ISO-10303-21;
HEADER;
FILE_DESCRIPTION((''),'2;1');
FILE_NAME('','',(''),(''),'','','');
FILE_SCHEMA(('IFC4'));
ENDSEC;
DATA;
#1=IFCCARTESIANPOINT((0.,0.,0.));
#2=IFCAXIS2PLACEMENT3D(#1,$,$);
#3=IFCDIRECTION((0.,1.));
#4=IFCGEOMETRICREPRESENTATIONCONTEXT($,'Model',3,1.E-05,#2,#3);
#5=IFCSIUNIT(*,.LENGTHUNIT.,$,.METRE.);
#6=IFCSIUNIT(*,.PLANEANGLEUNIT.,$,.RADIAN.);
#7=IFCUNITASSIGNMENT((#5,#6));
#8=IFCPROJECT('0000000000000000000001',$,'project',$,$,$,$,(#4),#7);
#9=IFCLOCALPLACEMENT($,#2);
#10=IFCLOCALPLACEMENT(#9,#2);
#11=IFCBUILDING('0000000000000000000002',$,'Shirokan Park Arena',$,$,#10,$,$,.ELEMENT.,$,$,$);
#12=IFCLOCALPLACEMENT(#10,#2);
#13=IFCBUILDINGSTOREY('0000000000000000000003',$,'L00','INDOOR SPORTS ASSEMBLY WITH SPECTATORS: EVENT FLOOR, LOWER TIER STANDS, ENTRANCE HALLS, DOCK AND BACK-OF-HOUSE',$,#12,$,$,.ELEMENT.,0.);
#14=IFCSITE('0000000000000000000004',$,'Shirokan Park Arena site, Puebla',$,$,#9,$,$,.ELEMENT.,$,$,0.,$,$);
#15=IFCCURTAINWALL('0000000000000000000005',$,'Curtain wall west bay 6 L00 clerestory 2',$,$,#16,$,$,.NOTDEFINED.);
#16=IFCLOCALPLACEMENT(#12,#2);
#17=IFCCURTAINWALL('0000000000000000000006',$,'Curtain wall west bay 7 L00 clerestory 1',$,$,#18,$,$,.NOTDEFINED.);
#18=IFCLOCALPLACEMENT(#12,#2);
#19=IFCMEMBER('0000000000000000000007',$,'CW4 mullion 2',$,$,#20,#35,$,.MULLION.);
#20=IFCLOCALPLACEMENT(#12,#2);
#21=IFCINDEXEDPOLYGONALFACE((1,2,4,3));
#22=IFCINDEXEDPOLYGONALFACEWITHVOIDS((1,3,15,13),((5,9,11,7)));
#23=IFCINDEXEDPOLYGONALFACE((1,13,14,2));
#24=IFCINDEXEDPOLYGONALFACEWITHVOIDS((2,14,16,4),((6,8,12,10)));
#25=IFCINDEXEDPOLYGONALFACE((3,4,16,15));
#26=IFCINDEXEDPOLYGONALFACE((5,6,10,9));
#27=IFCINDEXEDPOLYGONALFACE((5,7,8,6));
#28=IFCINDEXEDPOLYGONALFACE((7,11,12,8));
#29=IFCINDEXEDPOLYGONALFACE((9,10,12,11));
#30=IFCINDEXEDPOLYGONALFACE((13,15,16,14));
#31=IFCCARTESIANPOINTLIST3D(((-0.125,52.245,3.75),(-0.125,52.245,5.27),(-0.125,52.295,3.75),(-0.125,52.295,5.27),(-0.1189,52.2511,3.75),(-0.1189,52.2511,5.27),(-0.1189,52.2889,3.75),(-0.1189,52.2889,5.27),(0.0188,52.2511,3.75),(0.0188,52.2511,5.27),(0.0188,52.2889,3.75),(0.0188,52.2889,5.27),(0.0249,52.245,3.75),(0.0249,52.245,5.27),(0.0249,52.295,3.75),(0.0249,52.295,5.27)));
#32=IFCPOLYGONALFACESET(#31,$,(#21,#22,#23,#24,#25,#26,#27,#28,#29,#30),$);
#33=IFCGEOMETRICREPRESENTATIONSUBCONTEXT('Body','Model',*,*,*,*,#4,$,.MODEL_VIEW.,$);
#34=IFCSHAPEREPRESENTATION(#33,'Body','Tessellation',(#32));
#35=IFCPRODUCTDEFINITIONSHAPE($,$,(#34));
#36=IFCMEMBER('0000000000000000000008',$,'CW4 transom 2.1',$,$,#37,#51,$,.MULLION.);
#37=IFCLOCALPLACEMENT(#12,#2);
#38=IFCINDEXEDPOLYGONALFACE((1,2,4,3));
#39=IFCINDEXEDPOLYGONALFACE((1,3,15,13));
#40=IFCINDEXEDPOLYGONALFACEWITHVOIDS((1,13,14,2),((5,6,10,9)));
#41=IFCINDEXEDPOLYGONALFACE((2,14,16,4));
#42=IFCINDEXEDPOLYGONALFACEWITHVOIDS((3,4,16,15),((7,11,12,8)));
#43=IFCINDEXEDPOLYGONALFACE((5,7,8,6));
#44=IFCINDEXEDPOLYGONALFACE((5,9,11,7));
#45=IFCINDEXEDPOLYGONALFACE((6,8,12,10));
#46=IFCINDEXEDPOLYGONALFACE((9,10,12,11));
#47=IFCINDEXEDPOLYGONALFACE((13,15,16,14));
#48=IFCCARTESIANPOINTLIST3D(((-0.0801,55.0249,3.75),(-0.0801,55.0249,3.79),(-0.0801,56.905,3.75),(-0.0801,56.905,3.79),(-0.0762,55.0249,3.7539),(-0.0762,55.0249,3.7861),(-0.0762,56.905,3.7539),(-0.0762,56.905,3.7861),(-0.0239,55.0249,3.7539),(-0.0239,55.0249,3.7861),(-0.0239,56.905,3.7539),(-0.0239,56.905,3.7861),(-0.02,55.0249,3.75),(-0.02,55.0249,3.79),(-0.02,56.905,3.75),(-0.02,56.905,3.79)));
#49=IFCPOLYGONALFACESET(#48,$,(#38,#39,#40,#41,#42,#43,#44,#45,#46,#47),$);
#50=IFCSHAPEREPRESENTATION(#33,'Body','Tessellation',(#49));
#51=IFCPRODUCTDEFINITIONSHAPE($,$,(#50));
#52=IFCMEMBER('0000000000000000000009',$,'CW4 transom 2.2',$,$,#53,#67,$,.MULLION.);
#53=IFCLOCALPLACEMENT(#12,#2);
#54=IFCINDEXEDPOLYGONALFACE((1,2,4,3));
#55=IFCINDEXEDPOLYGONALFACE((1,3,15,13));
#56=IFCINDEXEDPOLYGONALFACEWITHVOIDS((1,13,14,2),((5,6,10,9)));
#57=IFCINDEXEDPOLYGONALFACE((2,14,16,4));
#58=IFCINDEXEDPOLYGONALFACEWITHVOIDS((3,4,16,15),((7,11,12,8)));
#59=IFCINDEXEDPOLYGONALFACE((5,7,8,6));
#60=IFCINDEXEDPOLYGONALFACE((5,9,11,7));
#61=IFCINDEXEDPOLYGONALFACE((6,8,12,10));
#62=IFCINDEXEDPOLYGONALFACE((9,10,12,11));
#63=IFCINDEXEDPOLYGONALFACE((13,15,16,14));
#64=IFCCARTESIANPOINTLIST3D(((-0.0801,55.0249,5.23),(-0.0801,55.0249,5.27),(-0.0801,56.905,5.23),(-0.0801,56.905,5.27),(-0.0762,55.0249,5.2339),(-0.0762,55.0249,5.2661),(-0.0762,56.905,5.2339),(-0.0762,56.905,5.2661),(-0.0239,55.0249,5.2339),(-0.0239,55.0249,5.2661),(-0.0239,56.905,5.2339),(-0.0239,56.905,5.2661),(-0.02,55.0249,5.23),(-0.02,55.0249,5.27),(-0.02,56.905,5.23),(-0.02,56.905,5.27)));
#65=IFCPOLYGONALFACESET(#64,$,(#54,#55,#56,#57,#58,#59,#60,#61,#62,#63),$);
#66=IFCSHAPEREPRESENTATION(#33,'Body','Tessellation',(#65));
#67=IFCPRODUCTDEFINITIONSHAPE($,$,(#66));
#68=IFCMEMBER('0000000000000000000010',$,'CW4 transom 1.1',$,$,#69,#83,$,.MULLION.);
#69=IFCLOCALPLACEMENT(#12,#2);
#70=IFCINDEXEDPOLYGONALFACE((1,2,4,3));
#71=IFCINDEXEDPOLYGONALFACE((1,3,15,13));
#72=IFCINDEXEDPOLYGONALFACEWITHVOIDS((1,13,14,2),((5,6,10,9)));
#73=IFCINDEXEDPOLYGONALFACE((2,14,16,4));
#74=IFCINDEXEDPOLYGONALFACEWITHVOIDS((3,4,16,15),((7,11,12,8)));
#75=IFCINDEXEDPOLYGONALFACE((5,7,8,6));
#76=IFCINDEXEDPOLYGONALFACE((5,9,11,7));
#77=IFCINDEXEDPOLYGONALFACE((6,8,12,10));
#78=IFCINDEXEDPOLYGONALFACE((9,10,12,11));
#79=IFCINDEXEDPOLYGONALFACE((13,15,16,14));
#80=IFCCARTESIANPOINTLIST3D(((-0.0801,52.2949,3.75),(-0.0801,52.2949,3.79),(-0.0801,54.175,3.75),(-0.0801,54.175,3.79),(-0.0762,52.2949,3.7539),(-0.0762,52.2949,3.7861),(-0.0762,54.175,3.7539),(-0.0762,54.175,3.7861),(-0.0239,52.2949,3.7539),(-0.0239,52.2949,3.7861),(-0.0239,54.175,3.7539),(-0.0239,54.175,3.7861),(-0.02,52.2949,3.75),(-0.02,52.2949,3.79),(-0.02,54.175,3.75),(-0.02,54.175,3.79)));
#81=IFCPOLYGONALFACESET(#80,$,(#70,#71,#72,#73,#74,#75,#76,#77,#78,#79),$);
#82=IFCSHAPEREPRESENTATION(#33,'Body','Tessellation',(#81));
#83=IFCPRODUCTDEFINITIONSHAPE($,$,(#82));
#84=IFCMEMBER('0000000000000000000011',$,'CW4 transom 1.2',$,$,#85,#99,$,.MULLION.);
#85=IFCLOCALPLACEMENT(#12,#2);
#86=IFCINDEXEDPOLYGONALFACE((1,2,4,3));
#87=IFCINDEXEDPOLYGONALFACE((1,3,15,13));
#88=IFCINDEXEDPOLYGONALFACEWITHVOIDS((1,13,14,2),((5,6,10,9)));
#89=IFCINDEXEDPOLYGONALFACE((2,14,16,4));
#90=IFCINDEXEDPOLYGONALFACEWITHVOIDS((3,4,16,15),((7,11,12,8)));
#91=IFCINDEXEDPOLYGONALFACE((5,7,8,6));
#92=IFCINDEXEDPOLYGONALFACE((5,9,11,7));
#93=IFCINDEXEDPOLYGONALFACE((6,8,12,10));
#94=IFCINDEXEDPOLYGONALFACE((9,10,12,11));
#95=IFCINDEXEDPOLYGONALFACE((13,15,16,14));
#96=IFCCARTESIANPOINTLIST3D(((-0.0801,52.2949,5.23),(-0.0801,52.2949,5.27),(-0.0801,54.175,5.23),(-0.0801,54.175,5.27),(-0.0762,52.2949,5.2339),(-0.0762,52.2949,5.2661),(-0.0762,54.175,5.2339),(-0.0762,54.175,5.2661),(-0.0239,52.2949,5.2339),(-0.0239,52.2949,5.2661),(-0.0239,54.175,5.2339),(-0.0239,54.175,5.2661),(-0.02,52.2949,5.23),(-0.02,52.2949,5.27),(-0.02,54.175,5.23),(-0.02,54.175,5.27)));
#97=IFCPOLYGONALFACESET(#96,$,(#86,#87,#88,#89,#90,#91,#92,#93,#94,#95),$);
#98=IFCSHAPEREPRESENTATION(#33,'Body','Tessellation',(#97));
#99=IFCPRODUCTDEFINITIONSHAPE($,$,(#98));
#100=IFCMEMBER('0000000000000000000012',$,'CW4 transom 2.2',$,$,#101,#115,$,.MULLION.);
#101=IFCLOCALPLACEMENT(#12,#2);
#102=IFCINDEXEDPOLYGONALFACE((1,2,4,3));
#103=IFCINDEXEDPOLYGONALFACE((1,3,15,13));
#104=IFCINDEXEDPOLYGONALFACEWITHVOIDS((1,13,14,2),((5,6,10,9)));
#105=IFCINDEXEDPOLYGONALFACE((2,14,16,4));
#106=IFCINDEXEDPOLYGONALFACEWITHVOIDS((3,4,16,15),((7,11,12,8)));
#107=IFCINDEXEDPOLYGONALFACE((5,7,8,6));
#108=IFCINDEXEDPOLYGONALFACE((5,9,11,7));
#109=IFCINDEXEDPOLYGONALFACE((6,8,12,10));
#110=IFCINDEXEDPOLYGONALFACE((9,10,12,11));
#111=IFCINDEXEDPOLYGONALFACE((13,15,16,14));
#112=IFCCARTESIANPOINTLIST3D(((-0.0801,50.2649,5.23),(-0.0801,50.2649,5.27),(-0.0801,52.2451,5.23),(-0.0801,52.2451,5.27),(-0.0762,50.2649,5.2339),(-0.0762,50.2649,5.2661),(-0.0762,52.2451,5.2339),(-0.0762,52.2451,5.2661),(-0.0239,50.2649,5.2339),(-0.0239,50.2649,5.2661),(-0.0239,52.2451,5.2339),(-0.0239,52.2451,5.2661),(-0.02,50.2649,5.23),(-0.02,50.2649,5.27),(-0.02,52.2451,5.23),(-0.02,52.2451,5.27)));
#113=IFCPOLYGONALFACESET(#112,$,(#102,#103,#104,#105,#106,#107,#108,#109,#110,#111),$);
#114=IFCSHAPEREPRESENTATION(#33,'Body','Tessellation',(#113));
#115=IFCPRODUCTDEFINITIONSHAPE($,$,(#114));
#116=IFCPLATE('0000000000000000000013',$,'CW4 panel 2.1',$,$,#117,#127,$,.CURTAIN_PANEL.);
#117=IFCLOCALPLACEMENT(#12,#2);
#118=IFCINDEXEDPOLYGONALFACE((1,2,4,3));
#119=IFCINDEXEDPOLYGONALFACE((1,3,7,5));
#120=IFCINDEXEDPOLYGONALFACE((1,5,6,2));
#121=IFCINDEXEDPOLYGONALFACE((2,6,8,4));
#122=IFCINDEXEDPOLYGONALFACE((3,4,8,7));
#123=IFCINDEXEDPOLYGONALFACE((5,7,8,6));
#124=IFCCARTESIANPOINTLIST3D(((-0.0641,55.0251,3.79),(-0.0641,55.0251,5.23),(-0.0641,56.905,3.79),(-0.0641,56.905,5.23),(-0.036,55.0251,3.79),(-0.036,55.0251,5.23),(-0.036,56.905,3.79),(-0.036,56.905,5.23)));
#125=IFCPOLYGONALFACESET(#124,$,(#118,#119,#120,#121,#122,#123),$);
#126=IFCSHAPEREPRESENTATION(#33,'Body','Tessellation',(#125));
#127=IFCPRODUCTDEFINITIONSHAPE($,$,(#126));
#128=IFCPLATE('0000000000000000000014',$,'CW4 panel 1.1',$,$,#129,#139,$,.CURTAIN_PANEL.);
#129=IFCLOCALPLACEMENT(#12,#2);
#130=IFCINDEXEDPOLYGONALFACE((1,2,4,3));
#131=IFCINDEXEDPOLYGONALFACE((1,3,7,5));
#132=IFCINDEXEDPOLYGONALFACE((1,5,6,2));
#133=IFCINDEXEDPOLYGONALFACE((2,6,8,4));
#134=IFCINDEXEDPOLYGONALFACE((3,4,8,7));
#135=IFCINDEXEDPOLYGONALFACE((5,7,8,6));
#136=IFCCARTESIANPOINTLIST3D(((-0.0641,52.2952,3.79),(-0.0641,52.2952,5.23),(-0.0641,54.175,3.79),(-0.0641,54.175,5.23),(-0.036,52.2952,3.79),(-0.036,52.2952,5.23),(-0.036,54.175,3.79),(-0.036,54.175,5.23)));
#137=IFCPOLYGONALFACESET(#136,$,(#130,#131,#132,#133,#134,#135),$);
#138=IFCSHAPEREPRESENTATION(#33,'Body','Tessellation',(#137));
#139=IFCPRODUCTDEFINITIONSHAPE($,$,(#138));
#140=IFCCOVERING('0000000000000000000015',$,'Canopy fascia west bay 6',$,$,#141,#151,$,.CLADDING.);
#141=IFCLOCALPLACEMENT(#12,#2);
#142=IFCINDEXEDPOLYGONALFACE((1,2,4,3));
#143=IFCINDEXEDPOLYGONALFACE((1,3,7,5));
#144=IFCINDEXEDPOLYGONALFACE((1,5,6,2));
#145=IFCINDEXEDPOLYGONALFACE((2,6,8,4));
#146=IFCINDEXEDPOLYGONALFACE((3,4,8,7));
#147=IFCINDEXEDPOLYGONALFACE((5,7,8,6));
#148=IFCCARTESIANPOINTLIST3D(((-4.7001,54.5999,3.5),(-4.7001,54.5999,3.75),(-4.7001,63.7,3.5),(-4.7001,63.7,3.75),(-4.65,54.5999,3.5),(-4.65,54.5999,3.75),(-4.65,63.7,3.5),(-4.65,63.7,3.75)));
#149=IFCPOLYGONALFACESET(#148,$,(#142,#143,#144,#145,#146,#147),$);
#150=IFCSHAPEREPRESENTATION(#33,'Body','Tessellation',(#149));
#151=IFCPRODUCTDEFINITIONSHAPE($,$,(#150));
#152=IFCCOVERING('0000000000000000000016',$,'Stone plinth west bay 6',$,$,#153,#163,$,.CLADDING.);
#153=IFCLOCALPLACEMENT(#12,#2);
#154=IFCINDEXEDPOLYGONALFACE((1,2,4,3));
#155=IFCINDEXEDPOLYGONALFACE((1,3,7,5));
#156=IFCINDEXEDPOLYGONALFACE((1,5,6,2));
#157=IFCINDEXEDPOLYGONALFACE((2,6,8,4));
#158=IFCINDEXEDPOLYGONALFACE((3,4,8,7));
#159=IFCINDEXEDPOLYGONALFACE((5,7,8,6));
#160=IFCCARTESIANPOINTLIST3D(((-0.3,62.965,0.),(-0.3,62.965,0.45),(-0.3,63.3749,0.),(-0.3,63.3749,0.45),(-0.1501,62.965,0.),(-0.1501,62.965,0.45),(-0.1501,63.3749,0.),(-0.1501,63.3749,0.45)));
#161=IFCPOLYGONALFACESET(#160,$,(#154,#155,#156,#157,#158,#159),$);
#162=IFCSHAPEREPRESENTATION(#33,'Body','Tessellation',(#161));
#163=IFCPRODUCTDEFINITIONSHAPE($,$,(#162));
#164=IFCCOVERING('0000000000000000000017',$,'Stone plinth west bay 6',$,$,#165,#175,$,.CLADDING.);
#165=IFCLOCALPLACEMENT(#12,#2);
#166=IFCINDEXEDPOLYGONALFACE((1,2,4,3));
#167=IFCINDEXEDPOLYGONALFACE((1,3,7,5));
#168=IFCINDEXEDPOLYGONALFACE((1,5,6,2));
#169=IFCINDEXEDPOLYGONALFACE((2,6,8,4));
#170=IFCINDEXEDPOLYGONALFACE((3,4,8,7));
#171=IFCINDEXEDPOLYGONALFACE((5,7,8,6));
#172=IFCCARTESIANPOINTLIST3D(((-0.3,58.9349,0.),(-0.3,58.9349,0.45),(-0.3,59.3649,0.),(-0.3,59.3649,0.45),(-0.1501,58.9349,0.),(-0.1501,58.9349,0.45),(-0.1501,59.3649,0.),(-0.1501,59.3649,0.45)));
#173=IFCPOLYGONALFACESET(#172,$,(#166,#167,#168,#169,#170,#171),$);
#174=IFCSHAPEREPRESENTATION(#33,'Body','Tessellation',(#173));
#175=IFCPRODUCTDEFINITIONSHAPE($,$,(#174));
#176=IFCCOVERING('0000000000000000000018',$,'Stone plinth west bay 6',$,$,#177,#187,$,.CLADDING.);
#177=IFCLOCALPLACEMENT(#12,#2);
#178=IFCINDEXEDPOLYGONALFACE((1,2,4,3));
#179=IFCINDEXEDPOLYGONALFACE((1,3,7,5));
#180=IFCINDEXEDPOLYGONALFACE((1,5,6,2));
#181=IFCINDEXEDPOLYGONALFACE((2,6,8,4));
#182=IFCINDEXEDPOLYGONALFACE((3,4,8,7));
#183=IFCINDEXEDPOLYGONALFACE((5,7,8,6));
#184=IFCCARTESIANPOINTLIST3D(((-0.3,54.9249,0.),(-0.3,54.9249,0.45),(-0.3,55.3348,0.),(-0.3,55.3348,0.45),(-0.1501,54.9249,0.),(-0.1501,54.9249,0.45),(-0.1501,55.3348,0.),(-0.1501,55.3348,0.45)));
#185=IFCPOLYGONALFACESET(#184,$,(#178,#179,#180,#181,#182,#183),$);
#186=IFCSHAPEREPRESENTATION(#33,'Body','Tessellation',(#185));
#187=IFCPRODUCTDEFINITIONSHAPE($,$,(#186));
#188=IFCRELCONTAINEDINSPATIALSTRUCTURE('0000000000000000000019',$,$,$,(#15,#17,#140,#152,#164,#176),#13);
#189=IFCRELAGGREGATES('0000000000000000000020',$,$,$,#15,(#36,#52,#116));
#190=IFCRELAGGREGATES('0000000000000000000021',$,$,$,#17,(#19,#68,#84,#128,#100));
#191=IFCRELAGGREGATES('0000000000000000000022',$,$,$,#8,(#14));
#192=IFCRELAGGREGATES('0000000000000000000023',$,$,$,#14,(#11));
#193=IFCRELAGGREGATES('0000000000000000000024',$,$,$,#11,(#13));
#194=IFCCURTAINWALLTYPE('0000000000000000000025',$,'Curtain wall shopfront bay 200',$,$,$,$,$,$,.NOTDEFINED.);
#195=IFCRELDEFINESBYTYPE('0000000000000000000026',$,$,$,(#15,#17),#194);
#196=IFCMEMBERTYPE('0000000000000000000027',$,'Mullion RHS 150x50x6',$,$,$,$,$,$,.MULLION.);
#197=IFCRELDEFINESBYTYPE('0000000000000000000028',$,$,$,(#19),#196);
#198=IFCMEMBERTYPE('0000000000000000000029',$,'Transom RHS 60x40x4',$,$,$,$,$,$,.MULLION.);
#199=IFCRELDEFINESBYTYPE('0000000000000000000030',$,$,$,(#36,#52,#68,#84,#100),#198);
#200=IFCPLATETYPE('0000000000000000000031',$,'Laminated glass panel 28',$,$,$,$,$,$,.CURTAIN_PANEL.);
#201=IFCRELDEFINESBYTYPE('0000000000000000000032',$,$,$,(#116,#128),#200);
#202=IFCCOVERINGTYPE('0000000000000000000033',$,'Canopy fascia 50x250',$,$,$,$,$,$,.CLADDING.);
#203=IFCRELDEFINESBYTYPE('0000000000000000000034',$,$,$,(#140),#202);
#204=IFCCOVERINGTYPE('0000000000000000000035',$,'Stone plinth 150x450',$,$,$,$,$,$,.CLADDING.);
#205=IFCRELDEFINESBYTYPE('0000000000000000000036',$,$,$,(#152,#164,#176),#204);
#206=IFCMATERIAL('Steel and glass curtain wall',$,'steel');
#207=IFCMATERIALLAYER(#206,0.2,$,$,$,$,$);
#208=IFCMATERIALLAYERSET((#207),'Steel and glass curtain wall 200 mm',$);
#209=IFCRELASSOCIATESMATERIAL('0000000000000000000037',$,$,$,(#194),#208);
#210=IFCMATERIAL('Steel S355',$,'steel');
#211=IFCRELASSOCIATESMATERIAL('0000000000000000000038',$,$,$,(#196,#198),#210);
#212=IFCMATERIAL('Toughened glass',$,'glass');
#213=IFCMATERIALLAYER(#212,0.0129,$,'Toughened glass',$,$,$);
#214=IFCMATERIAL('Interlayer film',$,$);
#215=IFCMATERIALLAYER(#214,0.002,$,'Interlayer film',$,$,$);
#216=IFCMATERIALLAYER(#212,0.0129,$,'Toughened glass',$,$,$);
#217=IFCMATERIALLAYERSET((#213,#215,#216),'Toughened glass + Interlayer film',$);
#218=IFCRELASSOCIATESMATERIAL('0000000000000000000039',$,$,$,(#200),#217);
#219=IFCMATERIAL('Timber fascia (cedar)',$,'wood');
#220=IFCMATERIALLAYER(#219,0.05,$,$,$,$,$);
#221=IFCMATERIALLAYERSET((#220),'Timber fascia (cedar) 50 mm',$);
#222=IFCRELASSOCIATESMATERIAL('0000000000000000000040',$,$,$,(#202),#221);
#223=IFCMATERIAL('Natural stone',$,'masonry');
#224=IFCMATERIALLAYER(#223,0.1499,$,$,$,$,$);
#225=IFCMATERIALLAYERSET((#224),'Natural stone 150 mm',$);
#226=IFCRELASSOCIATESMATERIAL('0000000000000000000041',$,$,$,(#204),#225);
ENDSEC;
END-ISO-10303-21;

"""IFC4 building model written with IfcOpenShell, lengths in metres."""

from ifc_helpers import new_model, si_unit, direction, frame, origin, origin_2d, place, context, subcontext, project, spatial, rectangle, hollow_rectangle, extrude, material, layer, layer_set, material_profile, profile_set, type_object, element, aggregate, save


model = new_model("IFC4")

# Units and contexts
model_context = context("Model", 3, precision=1e-05, world=origin(), true_north=direction((0.0, 1.0)))
body_context = subcontext(model_context, "Body", "Model", "MODEL_VIEW")
ifc_project = project(units=[si_unit("LENGTHUNIT", "METRE"), si_unit("PLANEANGLEUNIT", "RADIAN")], contexts=[model_context])

# Site, building, storey
site_placement = place(None, origin())
site = spatial("IfcSite", under=ifc_project, at=site_placement, Name="Shirokan Park Arena site, Puebla", CompositionType="ELEMENT", RefElevation=0.0)
building_placement = place(site_placement, origin())
building = spatial("IfcBuilding", under=site, at=building_placement, Name="Shirokan Park Arena", CompositionType="ELEMENT")
storey_placement = place(building_placement, origin())
storey = spatial("IfcBuildingStorey", under=building, at=storey_placement, Name="L00", Description="INDOOR SPORTS ASSEMBLY WITH SPECTATORS: EVENT FLOOR, LOWER TIER STANDS, ENTRANCE HALLS, DOCK AND BACK-OF-HOUSE", CompositionType="ELEMENT", Elevation=0.0)

# Shared definitions
ifc_material_1 = material(Name="Steel S355", Category="steel")

# Curtain wall
ifc_material_2 = material(Name="Steel and glass curtain wall", Category="steel")
ifc_layer_1 = layer(ifc_material_2, 0.2)
ifc_layer_set_1 = layer_set([ifc_layer_1], Name="Steel and glass curtain wall 200 mm")
curtain_wall_type = type_object("IfcCurtainWallType", Name="Curtain wall shopfront bay 200", PredefinedType="NOTDEFINED", material=ifc_layer_set_1)
curtain_wall_1_placement = place(storey_placement, origin())
curtain_wall_1 = element("IfcCurtainWall", 1, at=curtain_wall_1_placement, inside=storey, type_object=curtain_wall_type, Name="Curtain wall west bay 6 L00 clerestory 2", PredefinedType="NOTDEFINED")

# Curtain wall, member
curtain_wall_2_placement = place(storey_placement, origin())
curtain_wall_2 = element("IfcCurtainWall", 2, at=curtain_wall_2_placement, inside=storey, type_object=curtain_wall_type, Name="Curtain wall west bay 7 L00 clerestory 1", PredefinedType="NOTDEFINED")
ifc_material_profile_1 = material_profile(ifc_material_1, hollow_rectangle(XDim=0.1499, YDim=0.05, WallThickness=0.0061, at=origin_2d()), Name="RHS 150x50x6")
ifc_profile_set_1 = profile_set([ifc_material_profile_1], Name="Steel S355")
member_type_1 = type_object("IfcMemberType", Name="Mullion RHS 150x50x6", PredefinedType="MULLION", material=ifc_profile_set_1)
member_1_placement = place(storey_placement, frame((-0.05, 52.27, 3.75), z_axis=(0.0, 0.0, 1.0), x_axis=(1.0, 0.0, 0.0)))
member_1 = element("IfcMember", 3, at=member_1_placement, type_object=member_type_1, Name="CW4 mullion 2", PredefinedType="MULLION", context=body_context, shape_type="SweptSolid", body=[
    extrude(hollow_rectangle(XDim=0.1499, YDim=0.05, WallThickness=0.0061, at=origin_2d()), origin(), (0.0, 0.0, 1.0), 1.52),
])

# Members
ifc_material_profile_2 = material_profile(ifc_material_1, hollow_rectangle(XDim=0.0601, YDim=0.04, WallThickness=0.0039, at=origin_2d()), Name="RHS 60x40x4")
ifc_profile_set_2 = profile_set([ifc_material_profile_2], Name="Steel S355")
member_type_2 = type_object("IfcMemberType", Name="Transom RHS 60x40x4", PredefinedType="MULLION", material=ifc_profile_set_2)
member_2_placement = place(storey_placement, frame((-0.05, 56.905, 3.77), z_axis=(0.0, -1.0, 0.0), x_axis=(1.0, 0.0, 0.0)))
member_2 = element("IfcMember", 4, at=member_2_placement, type_object=member_type_2, Name="CW4 transom 2.1", PredefinedType="MULLION", context=body_context, shape_type="SweptSolid", body=[
    extrude(hollow_rectangle(XDim=0.0601, YDim=0.04, WallThickness=0.0039, at=origin_2d()), origin(), (0.0, 0.0, 1.0), 1.8801),
])
member_3_placement = place(storey_placement, frame((-0.05, 56.905, 5.25), z_axis=(0.0, -1.0, 0.0), x_axis=(1.0, 0.0, 0.0)))
member_3 = element("IfcMember", 5, at=member_3_placement, type_object=member_type_2, Name="CW4 transom 2.2", PredefinedType="MULLION", context=body_context, shape_type="SweptSolid", body=[
    extrude(hollow_rectangle(XDim=0.0601, YDim=0.04, WallThickness=0.0039, at=origin_2d()), origin(), (0.0, 0.0, 1.0), 1.8801),
])
member_4_placement = place(storey_placement, frame((-0.05, 54.175, 3.77), z_axis=(0.0, -1.0, 0.0), x_axis=(1.0, 0.0, 0.0)))
member_4 = element("IfcMember", 6, at=member_4_placement, type_object=member_type_2, Name="CW4 transom 1.1", PredefinedType="MULLION", context=body_context, shape_type="SweptSolid", body=[
    extrude(hollow_rectangle(XDim=0.0601, YDim=0.04, WallThickness=0.0039, at=origin_2d()), origin(), (0.0, 0.0, 1.0), 1.8801),
])
member_5_placement = place(storey_placement, frame((-0.05, 54.175, 5.25), z_axis=(0.0, -1.0, 0.0), x_axis=(1.0, 0.0, 0.0)))
member_5 = element("IfcMember", 7, at=member_5_placement, type_object=member_type_2, Name="CW4 transom 1.2", PredefinedType="MULLION", context=body_context, shape_type="SweptSolid", body=[
    extrude(hollow_rectangle(XDim=0.0601, YDim=0.04, WallThickness=0.0039, at=origin_2d()), origin(), (0.0, 0.0, 1.0), 1.8801),
])
member_6_placement = place(storey_placement, frame((-0.05, 52.2451, 5.25), z_axis=(0.0, -1.0, 0.0), x_axis=(1.0, 0.0, 0.0)))
member_6 = element("IfcMember", 8, at=member_6_placement, type_object=member_type_2, Name="CW4 transom 2.2", PredefinedType="MULLION", context=body_context, shape_type="SweptSolid", body=[
    extrude(hollow_rectangle(XDim=0.0601, YDim=0.04, WallThickness=0.0039, at=origin_2d()), origin(), (0.0, 0.0, 1.0), 1.9802),
])

# Plates
ifc_material_3 = material(Name="Toughened glass", Category="glass")
ifc_layer_2 = layer(ifc_material_3, 0.0129, Name="Toughened glass")
ifc_material_4 = material(Name="Interlayer film")
ifc_layer_3 = layer(ifc_material_4, 0.002, Name="Interlayer film")
ifc_layer_4 = layer(ifc_material_3, 0.0129, Name="Toughened glass")
ifc_layer_set_2 = layer_set([ifc_layer_2, ifc_layer_3, ifc_layer_4], Name="Toughened glass + Interlayer film")
plate_type = type_object("IfcPlateType", Name="Laminated glass panel 28", PredefinedType="CURTAIN_PANEL", material=ifc_layer_set_2)
plate_1_placement = place(storey_placement, frame((-0.05, 55.9651, 3.79), z_axis=(0.0, 0.0, 1.0), x_axis=(0.0, -1.0, 0.0)))
plate_1 = element("IfcPlate", 9, at=plate_1_placement, type_object=plate_type, Name="CW4 panel 2.1", PredefinedType="CURTAIN_PANEL", context=body_context, shape_type="SweptSolid", body=[
    extrude(rectangle(XDim=1.8799, YDim=0.0281, at=origin_2d()), origin(), (0.0, 0.0, 1.0), 1.4399),
])
aggregate(curtain_wall_1, [member_2, member_3, plate_1])
plate_2_placement = place(storey_placement, frame((-0.05, 53.2351, 3.79), z_axis=(0.0, 0.0, 1.0), x_axis=(0.0, -1.0, 0.0)))
plate_2 = element("IfcPlate", 10, at=plate_2_placement, type_object=plate_type, Name="CW4 panel 1.1", PredefinedType="CURTAIN_PANEL", context=body_context, shape_type="SweptSolid", body=[
    extrude(rectangle(XDim=1.8799, YDim=0.0281, at=origin_2d()), origin(), (0.0, 0.0, 1.0), 1.4399),
])
aggregate(curtain_wall_2, [member_1, member_4, member_5, plate_2, member_6])

# Coverings
ifc_material_5 = material(Name="Timber fascia (cedar)", Category="wood")
ifc_layer_5 = layer(ifc_material_5, 0.05)
ifc_layer_set_3 = layer_set([ifc_layer_5], Name="Timber fascia (cedar) 50 mm")
covering_type_1 = type_object("IfcCoveringType", Name="Canopy fascia 50x250", PredefinedType="CLADDING", material=ifc_layer_set_3)
covering_1_placement = place(storey_placement, frame((-4.675, 59.1499, 3.5), z_axis=(0.0, 0.0, 1.0), x_axis=(0.0, -1.0, 0.0)))
element("IfcCovering", 11, at=covering_1_placement, inside=storey, type_object=covering_type_1, Name="Canopy fascia west bay 6", PredefinedType="CLADDING", context=body_context, shape_type="SweptSolid", body=[
    extrude(rectangle(XDim=9.1001, YDim=0.05, at=origin_2d()), origin(), (0.0, 0.0, 1.0), 0.25),
])
ifc_material_6 = material(Name="Natural stone", Category="masonry")
ifc_layer_6 = layer(ifc_material_6, 0.1499)
ifc_layer_set_4 = layer_set([ifc_layer_6], Name="Natural stone 150 mm")
covering_type_2 = type_object("IfcCoveringType", Name="Stone plinth 150x450", PredefinedType="CLADDING", material=ifc_layer_set_4)
covering_2_placement = place(storey_placement, frame((-0.2251, 63.1699, 0.0), z_axis=(0.0, 0.0, 1.0), x_axis=(0.0, -1.0, 0.0)))
element("IfcCovering", 12, at=covering_2_placement, inside=storey, type_object=covering_type_2, Name="Stone plinth west bay 6", PredefinedType="CLADDING", context=body_context, shape_type="SweptSolid", body=[
    extrude(rectangle(XDim=0.4099, YDim=0.1499, at=origin_2d()), origin(), (0.0, 0.0, 1.0), 0.45),
])
covering_3_placement = place(storey_placement, frame((-0.2251, 59.1499, 0.0), z_axis=(0.0, 0.0, 1.0), x_axis=(0.0, -1.0, 0.0)))
element("IfcCovering", 13, at=covering_3_placement, inside=storey, type_object=covering_type_2, Name="Stone plinth west bay 6", PredefinedType="CLADDING", context=body_context, shape_type="SweptSolid", body=[
    extrude(rectangle(XDim=0.4299, YDim=0.1499, at=origin_2d()), origin(), (0.0, 0.0, 1.0), 0.45),
])
for number, where, z_axis, x_axis, name in (
    (14, (-0.2251, 55.1299, 0.0), (0.0, 0.0, 1.0), (0.0, -1.0, 0.0), "Stone plinth west bay 6"),
):
    element("IfcCovering", number, at=place(storey_placement, frame(where, z_axis=z_axis, x_axis=x_axis)), inside=storey, type_object=covering_type_2, Name=name, PredefinedType="CLADDING", context=body_context, shape_type="SweptSolid", body=[
        extrude(rectangle(XDim=0.4099, YDim=0.1499, at=origin_2d()), origin(), (0.0, 0.0, 1.0), 0.45),
    ])

save(model, "model.ifc")
